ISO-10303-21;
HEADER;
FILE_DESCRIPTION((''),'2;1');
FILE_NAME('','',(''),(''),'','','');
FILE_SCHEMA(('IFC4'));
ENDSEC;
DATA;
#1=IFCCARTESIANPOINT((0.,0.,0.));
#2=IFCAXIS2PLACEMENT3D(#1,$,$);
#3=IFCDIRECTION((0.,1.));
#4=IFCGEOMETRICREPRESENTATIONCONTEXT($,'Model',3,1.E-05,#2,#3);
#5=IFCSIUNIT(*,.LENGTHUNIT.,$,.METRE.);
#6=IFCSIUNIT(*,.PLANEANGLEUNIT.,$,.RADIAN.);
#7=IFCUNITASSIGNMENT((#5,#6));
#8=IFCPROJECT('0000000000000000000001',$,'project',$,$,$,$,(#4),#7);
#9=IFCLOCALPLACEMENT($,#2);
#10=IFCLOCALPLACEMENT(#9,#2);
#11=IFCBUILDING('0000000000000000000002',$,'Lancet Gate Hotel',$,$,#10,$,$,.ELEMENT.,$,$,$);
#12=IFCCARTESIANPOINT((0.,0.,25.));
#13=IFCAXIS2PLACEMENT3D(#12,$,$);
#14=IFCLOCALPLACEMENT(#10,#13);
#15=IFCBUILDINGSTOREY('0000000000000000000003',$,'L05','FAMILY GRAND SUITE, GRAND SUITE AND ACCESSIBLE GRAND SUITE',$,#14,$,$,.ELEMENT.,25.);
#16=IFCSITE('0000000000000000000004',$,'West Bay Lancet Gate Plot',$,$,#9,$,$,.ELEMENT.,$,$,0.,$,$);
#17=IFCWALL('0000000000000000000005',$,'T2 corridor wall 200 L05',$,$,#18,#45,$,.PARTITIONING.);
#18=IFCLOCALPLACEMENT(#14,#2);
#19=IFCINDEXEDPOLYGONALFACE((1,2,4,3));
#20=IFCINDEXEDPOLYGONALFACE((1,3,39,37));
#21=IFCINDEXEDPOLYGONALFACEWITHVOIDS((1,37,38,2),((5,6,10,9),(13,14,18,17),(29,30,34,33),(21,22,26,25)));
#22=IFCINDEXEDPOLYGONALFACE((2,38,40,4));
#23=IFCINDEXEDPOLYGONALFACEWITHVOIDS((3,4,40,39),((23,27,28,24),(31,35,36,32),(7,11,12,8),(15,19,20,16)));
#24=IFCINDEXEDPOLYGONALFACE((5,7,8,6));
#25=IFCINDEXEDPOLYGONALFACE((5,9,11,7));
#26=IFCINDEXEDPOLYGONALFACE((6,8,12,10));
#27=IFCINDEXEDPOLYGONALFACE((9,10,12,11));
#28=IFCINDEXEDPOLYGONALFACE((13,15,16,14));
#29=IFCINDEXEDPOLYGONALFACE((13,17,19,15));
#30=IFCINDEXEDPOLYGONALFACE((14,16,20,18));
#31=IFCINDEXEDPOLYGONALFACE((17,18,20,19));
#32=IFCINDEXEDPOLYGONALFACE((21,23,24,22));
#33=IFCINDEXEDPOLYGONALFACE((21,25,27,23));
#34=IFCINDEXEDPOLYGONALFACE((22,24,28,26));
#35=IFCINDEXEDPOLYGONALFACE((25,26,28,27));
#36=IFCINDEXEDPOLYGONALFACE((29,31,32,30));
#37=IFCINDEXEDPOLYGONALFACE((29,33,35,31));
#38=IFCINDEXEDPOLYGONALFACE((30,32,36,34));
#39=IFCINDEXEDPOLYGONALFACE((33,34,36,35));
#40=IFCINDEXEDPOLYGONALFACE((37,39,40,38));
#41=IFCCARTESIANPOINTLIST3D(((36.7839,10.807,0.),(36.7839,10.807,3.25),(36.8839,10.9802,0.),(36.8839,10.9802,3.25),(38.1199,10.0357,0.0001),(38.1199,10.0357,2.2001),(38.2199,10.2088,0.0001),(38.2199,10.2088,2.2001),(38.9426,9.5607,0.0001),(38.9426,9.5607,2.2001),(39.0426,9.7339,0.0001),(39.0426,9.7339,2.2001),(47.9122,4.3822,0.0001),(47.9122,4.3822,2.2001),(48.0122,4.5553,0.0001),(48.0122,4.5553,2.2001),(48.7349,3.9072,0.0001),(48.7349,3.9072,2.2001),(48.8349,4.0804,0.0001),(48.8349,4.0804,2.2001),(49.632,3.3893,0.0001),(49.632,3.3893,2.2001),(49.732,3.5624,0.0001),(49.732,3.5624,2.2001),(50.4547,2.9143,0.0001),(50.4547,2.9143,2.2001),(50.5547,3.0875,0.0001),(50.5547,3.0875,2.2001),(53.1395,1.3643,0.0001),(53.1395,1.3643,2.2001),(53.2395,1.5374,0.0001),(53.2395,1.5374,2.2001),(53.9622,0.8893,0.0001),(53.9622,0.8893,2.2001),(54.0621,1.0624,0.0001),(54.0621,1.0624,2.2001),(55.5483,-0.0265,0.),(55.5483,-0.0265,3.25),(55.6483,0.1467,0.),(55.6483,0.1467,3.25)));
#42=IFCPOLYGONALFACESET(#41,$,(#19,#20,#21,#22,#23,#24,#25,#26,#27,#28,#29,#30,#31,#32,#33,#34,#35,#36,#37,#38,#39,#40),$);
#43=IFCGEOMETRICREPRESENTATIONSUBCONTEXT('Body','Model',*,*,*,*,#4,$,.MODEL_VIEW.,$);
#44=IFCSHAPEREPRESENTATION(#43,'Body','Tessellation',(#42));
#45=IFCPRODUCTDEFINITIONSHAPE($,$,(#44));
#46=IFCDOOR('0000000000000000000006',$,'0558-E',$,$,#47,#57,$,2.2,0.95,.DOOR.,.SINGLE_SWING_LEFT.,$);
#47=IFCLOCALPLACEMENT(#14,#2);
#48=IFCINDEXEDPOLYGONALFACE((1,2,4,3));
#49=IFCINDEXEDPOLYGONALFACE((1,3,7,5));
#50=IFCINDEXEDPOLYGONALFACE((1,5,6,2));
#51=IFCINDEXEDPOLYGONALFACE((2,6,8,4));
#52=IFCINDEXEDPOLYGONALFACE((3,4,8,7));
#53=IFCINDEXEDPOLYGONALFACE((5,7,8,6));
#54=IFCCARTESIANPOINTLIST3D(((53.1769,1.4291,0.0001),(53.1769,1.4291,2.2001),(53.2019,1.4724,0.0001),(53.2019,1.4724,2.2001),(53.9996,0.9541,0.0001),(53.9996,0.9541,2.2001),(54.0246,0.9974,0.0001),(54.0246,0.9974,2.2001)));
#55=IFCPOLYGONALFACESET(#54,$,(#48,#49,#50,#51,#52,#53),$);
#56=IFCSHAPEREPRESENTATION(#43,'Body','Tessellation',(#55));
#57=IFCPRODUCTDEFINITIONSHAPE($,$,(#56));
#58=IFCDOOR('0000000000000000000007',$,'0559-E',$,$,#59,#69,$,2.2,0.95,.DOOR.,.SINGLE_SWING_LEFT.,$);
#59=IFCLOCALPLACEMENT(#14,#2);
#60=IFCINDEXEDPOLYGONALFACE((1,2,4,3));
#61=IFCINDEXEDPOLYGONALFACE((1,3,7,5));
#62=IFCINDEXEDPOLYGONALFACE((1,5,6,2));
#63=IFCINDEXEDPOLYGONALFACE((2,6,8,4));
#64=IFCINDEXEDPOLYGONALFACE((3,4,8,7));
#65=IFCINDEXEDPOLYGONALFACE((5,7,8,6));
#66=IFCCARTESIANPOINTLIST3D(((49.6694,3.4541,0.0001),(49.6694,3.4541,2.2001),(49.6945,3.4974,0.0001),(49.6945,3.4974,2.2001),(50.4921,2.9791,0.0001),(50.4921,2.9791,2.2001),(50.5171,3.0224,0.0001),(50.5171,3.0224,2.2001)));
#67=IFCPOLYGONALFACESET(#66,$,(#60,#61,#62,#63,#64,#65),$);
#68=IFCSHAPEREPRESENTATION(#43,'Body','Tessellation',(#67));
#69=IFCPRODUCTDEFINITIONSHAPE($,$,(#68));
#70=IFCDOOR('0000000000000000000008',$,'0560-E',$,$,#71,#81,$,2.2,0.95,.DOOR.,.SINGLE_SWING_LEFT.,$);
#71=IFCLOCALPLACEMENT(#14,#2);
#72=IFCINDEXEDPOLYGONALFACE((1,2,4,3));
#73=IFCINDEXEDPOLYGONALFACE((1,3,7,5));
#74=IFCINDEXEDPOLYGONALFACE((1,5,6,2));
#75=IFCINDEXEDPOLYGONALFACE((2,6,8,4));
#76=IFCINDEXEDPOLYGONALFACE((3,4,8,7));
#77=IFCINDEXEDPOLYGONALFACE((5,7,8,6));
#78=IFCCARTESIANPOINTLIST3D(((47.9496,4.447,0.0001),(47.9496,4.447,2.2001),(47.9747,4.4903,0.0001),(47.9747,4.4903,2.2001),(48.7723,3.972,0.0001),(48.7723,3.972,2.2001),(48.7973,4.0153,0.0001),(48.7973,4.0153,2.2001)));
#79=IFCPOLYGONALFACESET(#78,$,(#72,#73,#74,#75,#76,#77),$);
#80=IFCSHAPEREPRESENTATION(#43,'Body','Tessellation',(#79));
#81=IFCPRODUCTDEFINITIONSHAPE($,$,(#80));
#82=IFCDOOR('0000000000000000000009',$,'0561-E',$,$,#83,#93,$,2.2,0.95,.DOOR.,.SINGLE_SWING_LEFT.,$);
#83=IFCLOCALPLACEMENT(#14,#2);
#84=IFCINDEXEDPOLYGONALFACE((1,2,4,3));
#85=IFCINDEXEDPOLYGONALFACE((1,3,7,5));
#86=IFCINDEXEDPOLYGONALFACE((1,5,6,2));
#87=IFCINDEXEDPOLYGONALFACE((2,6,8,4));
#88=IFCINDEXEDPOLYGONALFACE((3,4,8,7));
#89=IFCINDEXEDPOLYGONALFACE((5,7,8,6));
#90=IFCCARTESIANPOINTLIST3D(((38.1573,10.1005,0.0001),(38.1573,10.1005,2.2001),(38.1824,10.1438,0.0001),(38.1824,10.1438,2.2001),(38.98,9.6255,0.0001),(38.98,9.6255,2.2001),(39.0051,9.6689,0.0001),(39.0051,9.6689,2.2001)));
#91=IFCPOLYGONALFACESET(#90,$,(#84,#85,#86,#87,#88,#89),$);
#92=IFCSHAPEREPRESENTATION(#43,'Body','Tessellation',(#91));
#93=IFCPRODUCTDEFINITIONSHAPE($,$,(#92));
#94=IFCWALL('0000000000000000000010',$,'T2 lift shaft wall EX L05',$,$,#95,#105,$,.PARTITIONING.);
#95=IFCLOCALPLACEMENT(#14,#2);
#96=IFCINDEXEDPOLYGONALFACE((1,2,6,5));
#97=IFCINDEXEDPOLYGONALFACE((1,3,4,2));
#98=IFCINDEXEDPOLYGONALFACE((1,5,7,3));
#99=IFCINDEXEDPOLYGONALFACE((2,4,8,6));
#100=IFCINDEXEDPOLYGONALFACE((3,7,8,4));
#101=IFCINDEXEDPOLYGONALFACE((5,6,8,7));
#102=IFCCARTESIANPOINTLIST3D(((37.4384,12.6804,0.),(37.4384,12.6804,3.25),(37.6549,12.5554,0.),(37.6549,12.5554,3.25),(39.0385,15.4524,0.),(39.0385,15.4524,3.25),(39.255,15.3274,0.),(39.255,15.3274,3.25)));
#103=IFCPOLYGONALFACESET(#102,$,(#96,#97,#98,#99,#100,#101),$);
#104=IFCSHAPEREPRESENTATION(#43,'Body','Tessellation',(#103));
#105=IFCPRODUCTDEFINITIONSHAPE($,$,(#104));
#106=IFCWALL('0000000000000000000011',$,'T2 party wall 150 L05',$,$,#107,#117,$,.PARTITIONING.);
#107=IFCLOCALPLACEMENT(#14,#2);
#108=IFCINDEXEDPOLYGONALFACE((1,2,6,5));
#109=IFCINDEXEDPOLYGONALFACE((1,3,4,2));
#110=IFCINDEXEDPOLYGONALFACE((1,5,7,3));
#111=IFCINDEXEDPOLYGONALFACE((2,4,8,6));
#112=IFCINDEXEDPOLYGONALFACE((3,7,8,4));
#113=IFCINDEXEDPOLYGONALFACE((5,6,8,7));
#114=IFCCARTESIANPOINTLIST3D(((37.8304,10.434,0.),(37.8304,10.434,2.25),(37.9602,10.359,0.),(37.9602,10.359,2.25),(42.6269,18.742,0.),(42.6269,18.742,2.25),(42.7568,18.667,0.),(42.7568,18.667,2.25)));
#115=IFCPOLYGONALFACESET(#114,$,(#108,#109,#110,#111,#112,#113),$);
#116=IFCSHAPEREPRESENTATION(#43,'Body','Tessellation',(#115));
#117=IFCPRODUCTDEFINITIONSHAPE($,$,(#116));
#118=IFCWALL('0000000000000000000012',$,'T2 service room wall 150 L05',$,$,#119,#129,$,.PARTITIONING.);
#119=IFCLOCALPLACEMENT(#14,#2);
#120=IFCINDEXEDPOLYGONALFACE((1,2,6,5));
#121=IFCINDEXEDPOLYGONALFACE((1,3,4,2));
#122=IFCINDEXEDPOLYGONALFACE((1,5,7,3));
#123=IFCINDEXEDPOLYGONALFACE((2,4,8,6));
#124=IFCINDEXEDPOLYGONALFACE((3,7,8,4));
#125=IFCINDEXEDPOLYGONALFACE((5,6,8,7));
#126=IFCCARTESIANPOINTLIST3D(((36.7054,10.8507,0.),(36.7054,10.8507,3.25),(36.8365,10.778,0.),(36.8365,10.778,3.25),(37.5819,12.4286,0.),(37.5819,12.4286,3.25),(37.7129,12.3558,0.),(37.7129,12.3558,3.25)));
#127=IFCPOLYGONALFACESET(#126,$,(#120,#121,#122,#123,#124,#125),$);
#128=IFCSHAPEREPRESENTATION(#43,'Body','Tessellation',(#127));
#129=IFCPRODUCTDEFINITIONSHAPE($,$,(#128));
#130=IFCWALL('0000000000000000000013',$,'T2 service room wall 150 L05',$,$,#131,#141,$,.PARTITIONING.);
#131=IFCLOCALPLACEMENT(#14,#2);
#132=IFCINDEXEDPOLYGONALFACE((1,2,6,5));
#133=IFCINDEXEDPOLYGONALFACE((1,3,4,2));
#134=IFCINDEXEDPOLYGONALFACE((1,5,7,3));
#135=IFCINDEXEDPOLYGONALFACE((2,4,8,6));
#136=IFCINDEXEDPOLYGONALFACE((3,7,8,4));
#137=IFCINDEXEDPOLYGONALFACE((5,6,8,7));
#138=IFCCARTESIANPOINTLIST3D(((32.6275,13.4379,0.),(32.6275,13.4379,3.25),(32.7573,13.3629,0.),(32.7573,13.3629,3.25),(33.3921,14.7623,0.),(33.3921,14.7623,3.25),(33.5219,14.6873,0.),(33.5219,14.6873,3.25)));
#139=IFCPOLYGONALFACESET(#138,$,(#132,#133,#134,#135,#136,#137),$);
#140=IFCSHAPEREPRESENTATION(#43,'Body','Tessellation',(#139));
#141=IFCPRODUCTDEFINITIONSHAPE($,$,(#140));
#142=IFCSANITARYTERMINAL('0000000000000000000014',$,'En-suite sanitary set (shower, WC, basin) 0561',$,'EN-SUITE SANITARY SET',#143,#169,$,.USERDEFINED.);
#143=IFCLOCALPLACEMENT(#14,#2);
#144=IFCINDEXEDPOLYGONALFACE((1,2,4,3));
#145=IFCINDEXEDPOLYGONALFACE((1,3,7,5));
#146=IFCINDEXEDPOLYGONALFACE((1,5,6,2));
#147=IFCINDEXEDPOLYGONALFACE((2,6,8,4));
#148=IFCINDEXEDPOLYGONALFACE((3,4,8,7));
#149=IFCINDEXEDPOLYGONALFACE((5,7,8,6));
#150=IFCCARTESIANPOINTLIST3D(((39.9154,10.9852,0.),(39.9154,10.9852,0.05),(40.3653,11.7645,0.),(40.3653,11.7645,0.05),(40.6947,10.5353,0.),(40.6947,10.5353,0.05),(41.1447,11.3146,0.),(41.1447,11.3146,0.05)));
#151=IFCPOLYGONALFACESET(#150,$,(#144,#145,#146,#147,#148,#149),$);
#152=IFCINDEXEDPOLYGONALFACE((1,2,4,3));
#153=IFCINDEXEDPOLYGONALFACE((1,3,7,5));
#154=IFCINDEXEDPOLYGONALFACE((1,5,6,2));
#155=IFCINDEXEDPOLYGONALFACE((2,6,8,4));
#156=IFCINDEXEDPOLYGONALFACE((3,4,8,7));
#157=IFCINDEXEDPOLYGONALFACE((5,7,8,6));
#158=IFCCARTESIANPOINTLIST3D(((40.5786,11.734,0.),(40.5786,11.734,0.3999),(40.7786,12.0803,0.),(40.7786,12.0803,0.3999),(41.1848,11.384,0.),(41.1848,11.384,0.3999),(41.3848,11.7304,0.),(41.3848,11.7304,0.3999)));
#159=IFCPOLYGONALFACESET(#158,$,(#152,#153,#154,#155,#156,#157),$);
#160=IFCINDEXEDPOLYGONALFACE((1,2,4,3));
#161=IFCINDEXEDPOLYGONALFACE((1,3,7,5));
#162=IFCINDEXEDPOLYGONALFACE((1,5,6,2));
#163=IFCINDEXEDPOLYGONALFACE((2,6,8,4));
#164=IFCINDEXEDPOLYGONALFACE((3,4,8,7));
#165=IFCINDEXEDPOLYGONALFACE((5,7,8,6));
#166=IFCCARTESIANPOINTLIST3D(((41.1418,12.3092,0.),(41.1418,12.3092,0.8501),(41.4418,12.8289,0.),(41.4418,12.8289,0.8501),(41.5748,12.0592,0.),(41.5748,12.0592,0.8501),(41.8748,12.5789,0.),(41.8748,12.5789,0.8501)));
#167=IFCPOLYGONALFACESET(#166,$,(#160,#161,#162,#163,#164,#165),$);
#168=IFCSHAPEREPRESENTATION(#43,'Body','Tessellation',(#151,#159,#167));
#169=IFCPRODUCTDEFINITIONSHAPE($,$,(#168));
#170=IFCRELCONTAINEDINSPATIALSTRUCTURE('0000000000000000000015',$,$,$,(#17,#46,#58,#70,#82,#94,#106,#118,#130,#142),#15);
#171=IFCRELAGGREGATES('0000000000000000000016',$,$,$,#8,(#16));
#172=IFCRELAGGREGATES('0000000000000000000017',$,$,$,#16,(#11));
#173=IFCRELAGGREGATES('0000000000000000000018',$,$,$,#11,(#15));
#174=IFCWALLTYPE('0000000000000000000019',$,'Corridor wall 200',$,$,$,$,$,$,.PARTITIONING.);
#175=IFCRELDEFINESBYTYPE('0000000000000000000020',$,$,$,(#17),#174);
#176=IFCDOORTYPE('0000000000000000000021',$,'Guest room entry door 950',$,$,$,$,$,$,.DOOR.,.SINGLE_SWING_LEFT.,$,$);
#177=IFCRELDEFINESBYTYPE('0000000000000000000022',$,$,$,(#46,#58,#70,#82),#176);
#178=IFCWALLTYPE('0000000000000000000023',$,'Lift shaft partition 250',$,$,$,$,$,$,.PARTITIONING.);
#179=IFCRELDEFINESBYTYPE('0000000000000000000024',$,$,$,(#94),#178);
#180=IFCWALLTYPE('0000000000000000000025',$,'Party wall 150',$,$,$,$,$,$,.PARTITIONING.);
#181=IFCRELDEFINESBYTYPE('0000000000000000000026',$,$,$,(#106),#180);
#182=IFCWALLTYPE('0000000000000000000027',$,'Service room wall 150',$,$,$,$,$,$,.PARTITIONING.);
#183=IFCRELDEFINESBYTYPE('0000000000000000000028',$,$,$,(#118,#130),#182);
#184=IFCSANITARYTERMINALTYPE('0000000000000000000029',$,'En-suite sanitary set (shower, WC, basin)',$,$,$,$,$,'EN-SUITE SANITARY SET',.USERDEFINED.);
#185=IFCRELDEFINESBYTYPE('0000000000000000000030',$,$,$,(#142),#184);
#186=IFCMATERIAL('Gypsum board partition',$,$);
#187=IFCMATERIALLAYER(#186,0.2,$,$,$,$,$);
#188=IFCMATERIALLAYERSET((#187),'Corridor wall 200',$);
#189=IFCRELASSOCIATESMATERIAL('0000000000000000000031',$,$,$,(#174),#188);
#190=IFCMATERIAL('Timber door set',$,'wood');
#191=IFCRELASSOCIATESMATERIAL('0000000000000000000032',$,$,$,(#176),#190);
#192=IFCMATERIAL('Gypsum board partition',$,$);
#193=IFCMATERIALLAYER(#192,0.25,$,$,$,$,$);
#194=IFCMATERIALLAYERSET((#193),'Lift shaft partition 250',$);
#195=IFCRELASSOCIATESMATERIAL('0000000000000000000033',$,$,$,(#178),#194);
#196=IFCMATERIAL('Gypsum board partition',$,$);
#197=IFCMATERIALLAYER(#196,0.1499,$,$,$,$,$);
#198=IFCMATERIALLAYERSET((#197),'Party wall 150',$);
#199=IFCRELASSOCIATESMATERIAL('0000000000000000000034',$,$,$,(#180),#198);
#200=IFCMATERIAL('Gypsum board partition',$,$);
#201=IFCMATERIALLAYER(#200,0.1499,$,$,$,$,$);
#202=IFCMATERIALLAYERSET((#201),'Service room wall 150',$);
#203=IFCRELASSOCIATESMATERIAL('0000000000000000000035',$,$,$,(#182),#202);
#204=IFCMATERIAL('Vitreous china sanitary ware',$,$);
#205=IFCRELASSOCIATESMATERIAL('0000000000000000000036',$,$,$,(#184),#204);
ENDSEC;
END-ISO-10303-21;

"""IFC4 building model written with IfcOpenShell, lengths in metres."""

from ifc_helpers import new_model, si_unit, direction, frame, frame_2d, origin, origin_2d, place, context, subcontext, project, spatial, rectangle, extrude, material, layer, layer_set, type_object, element, fill, save


model = new_model("IFC4")

# Units and contexts
model_context = context("Model", 3, precision=1e-05, world=origin(), true_north=direction((0.0, 1.0)))
body_context = subcontext(model_context, "Body", "Model", "MODEL_VIEW")
ifc_project = project(units=[si_unit("LENGTHUNIT", "METRE"), si_unit("PLANEANGLEUNIT", "RADIAN")], contexts=[model_context])

# Site, building, storey
site_placement = place(None, origin())
site = spatial("IfcSite", under=ifc_project, at=site_placement, Name="West Bay Lancet Gate Plot", CompositionType="ELEMENT", RefElevation=0.0)
building_placement = place(site_placement, origin())
building = spatial("IfcBuilding", under=site, at=building_placement, Name="Lancet Gate Hotel", CompositionType="ELEMENT")
storey_placement = place(building_placement, frame((0.0, 0.0, 25.0)))
storey = spatial("IfcBuildingStorey", under=building, at=storey_placement, Name="L05", Description="FAMILY GRAND SUITE, GRAND SUITE AND ACCESSIBLE GRAND SUITE", CompositionType="ELEMENT", Elevation=25.0)

# Wall, openings, doors
ifc_material_1 = material(Name="Gypsum board partition")
ifc_layer_1 = layer(ifc_material_1, 0.2)
ifc_layer_set_1 = layer_set([ifc_layer_1], Name="Corridor wall 200")
wall_type_1 = type_object("IfcWallType", Name="Corridor wall 200", PredefinedType="PARTITIONING", material=ifc_layer_set_1)
wall_1_placement = place(storey_placement, frame((36.834, 10.8936, 0.0), z_axis=(0.0, 0.0, 1.0), x_axis=(0.866028, -0.499995, 0.0)))
wall_1 = element("IfcWall", 1, at=wall_1_placement, inside=storey, type_object=wall_type_1, Name="T2 corridor wall 200 L05", PredefinedType="PARTITIONING", context=body_context, shape_type="SweptSolid", body=[
    extrude(rectangle(XDim=21.6672, YDim=0.2, at=frame_2d((10.8335, 0.0))), origin(), (0.0, 0.0, 1.0), 3.25),
])
opening_1_placement = place(wall_1_placement, frame((18.8855, 0.0, 0.0)))
opening_1 = element("IfcOpeningElement", 2, at=opening_1_placement, cuts=wall_1, PredefinedType="OPENING", context=body_context, shape_type="SweptSolid", body=[
    extrude(rectangle(XDim=0.95, YDim=2.2, at=frame_2d((0.4751, 1.1001))), frame((0.0, 0.1099, 0.0), z_axis=(0.0, -1.0, 0.0), x_axis=(1.0, 0.0, 0.0)), (0.0, 0.0, 1.0), 0.22),
])
opening_2_placement = place(wall_1_placement, frame((14.8354, 0.0, 0.0)))
opening_2 = element("IfcOpeningElement", 3, at=opening_2_placement, cuts=wall_1, PredefinedType="OPENING", context=body_context, shape_type="SweptSolid", body=[
    extrude(rectangle(XDim=0.95, YDim=2.2, at=frame_2d((0.4751, 1.1001))), frame((0.0, 0.1099, 0.0), z_axis=(0.0, -1.0, 0.0), x_axis=(1.0, 0.0, 0.0)), (0.0, 0.0, 1.0), 0.22),
])
opening_3_placement = place(wall_1_placement, frame((12.8496, 0.0, 0.0)))
opening_3 = element("IfcOpeningElement", 4, at=opening_3_placement, cuts=wall_1, PredefinedType="OPENING", context=body_context, shape_type="SweptSolid", body=[
    extrude(rectangle(XDim=0.95, YDim=2.2, at=frame_2d((0.4751, 1.1001))), frame((0.0, 0.1099, 0.0), z_axis=(0.0, -1.0, 0.0), x_axis=(1.0, 0.0, 0.0)), (0.0, 0.0, 1.0), 0.22),
])
opening_4_placement = place(wall_1_placement, frame((1.5425, 0.0, 0.0)))
opening_4 = element("IfcOpeningElement", 5, at=opening_4_placement, cuts=wall_1, PredefinedType="OPENING", context=body_context, shape_type="SweptSolid", body=[
    extrude(rectangle(XDim=0.95, YDim=2.2, at=frame_2d((0.4751, 1.1001))), frame((0.0, 0.1099, 0.0), z_axis=(0.0, -1.0, 0.0), x_axis=(1.0, 0.0, 0.0)), (0.0, 0.0, 1.0), 0.22),
])
ifc_material_2 = material(Name="Timber door set", Category="wood")
door_type_1 = type_object("IfcDoorType", Name="Guest room entry door 950", OperationType="SINGLE_SWING_LEFT", PredefinedType="DOOR", material=ifc_material_2)
door_1_placement = place(opening_1_placement, origin())
door_1 = element("IfcDoor", 6, at=door_1_placement, inside=storey, type_object=door_type_1, Name="0558-E", OperationType="SINGLE_SWING_LEFT", OverallHeight=2.2, OverallWidth=0.95, PredefinedType="DOOR", context=body_context, shape_type="SweptSolid", body=[
    extrude(rectangle(XDim=0.95, YDim=2.2, at=frame_2d((0.4751, 1.1001))), frame((0.0, 0.0249, 0.0), z_axis=(0.0, -1.0, 0.0), x_axis=(1.0, 0.0, 0.0)), (0.0, 0.0, 1.0), 0.05),
])
fill(opening_1, door_1)
door_2_placement = place(opening_2_placement, origin())
door_2 = element("IfcDoor", 7, at=door_2_placement, inside=storey, type_object=door_type_1, Name="0559-E", OperationType="SINGLE_SWING_LEFT", OverallHeight=2.2, OverallWidth=0.95, PredefinedType="DOOR", context=body_context, shape_type="SweptSolid", body=[
    extrude(rectangle(XDim=0.95, YDim=2.2, at=frame_2d((0.4751, 1.1001))), frame((0.0, 0.0249, 0.0), z_axis=(0.0, -1.0, 0.0), x_axis=(1.0, 0.0, 0.0)), (0.0, 0.0, 1.0), 0.05),
])
fill(opening_2, door_2)
door_3_placement = place(opening_3_placement, origin())
door_3 = element("IfcDoor", 8, at=door_3_placement, inside=storey, type_object=door_type_1, Name="0560-E", OperationType="SINGLE_SWING_LEFT", OverallHeight=2.2, OverallWidth=0.95, PredefinedType="DOOR", context=body_context, shape_type="SweptSolid", body=[
    extrude(rectangle(XDim=0.95, YDim=2.2, at=frame_2d((0.4751, 1.1001))), frame((0.0, 0.0249, 0.0), z_axis=(0.0, -1.0, 0.0), x_axis=(1.0, 0.0, 0.0)), (0.0, 0.0, 1.0), 0.05),
])
fill(opening_3, door_3)
door_4_placement = place(opening_4_placement, origin())
door_4 = element("IfcDoor", 9, at=door_4_placement, inside=storey, type_object=door_type_1, Name="0561-E", OperationType="SINGLE_SWING_LEFT", OverallHeight=2.2, OverallWidth=0.95, PredefinedType="DOOR", context=body_context, shape_type="SweptSolid", body=[
    extrude(rectangle(XDim=0.95, YDim=2.2, at=frame_2d((0.4751, 1.1001))), frame((0.0, 0.0249, 0.0), z_axis=(0.0, -1.0, 0.0), x_axis=(1.0, 0.0, 0.0)), (0.0, 0.0, 1.0), 0.05),
])
fill(opening_4, door_4)

# Walls
ifc_material_3 = material(Name="Gypsum board partition")
ifc_layer_2 = layer(ifc_material_3, 0.25)
ifc_layer_set_2 = layer_set([ifc_layer_2], Name="Lift shaft partition 250")
wall_type_2 = type_object("IfcWallType", Name="Lift shaft partition 250", PredefinedType="PARTITIONING", material=ifc_layer_set_2)
wall_2_placement = place(storey_placement, frame((37.5466, 12.6179, 0.0), z_axis=(0.0, 0.0, 1.0), x_axis=(0.499929, 0.866066, 0.0)))
element("IfcWall", 10, at=wall_2_placement, inside=storey, type_object=wall_type_2, Name="T2 lift shaft wall EX L05", PredefinedType="PARTITIONING", context=body_context, shape_type="SweptSolid", body=[
    extrude(rectangle(XDim=3.2007, YDim=0.25, at=frame_2d((1.6003, 0.0))), origin(), (0.0, 0.0, 1.0), 3.25),
])
ifc_material_4 = material(Name="Gypsum board partition")
ifc_layer_3 = layer(ifc_material_4, 0.1499)
ifc_layer_set_3 = layer_set([ifc_layer_3], Name="Party wall 150")
wall_type_3 = type_object("IfcWallType", Name="Party wall 150", PredefinedType="PARTITIONING", material=ifc_layer_set_3)
wall_3_placement = place(storey_placement, frame((37.8953, 10.3965, 0.0), z_axis=(0.0, 0.0, 1.0), x_axis=(0.499996, 0.866028, 0.0)))
element("IfcWall", 11, at=wall_3_placement, inside=storey, type_object=wall_type_3, Name="T2 party wall 150 L05", PredefinedType="PARTITIONING", context=body_context, shape_type="SweptSolid", body=[
    extrude(rectangle(XDim=9.5933, YDim=0.1499, at=frame_2d((4.7966, 0.0))), origin(), (0.0, 0.0, 1.0), 2.25),
])
ifc_material_5 = material(Name="Gypsum board partition")
ifc_layer_4 = layer(ifc_material_5, 0.1499)
ifc_layer_set_4 = layer_set([ifc_layer_4], Name="Service room wall 150")
wall_type_4 = type_object("IfcWallType", Name="Service room wall 150", PredefinedType="PARTITIONING", material=ifc_layer_set_4)
wall_4_placement = place(storey_placement, frame((36.771, 10.8145, 0.0), z_axis=(0.0, 0.0, 1.0), x_axis=(0.485586, 0.874189, 0.0)))
element("IfcWall", 12, at=wall_4_placement, inside=storey, type_object=wall_type_4, Name="T2 service room wall 150 L05", PredefinedType="PARTITIONING", context=body_context, shape_type="SweptSolid", body=[
    extrude(rectangle(XDim=1.8049, YDim=0.1499, at=frame_2d((0.9023, 0.0))), origin(), (0.0, 0.0, 1.0), 3.25),
])
wall_5_placement = place(storey_placement, frame((32.6924, 13.4004, 0.0), z_axis=(0.0, 0.0, 1.0), x_axis=(0.499985, 0.866034, 0.0)))
element("IfcWall", 13, at=wall_5_placement, inside=storey, type_object=wall_type_4, Name="T2 service room wall 150 L05", PredefinedType="PARTITIONING", context=body_context, shape_type="SweptSolid", body=[
    extrude(rectangle(XDim=1.5293, YDim=0.1499, at=frame_2d((0.7646, 0.0))), origin(), (0.0, 0.0, 1.0), 3.25),
])

# Sanitary terminal
ifc_material_6 = material(Name="Vitreous china sanitary ware")
sanitary_terminal_type = type_object("IfcSanitaryTerminalType", Name="En-suite sanitary set (shower, WC, basin)", ElementType="EN-SUITE SANITARY SET", PredefinedType="USERDEFINED", material=ifc_material_6)
sanitary_terminal_placement = place(storey_placement, frame((40.53, 11.1499, 0.0), z_axis=(0.0, 0.0, 1.0), x_axis=(1.0, 0.0, 0.0)))
element("IfcSanitaryTerminal", 14, at=sanitary_terminal_placement, inside=storey, type_object=sanitary_terminal_type, Name="En-suite sanitary set (shower, WC, basin) 0561", ObjectType="EN-SUITE SANITARY SET", PredefinedType="USERDEFINED", context=body_context, shape_type="SweptSolid", body=[
    extrude(rectangle(XDim=0.8999, YDim=0.8999, at=origin_2d()), frame((0.0, 0.0, 0.0), z_axis=(0.0, 0.0, 1.0), x_axis=(-0.5, -0.866025, 0.0)), (0.0, 0.0, 1.0), 0.05),
    extrude(rectangle(XDim=0.3999, YDim=0.7, at=origin_2d()), frame((0.4517, 0.5823, 0.0), z_axis=(0.0, 0.0, 1.0), x_axis=(-0.5, -0.866025, 0.0)), (0.0, 0.0, 1.0), 0.3999),
    extrude(rectangle(XDim=0.6001, YDim=0.5, at=origin_2d()), frame((0.9783, 1.2942, 0.0), z_axis=(0.0, 0.0, 1.0), x_axis=(-0.5, -0.866025, 0.0)), (0.0, 0.0, 1.0), 0.8501),
])

save(model, "model.ifc")
